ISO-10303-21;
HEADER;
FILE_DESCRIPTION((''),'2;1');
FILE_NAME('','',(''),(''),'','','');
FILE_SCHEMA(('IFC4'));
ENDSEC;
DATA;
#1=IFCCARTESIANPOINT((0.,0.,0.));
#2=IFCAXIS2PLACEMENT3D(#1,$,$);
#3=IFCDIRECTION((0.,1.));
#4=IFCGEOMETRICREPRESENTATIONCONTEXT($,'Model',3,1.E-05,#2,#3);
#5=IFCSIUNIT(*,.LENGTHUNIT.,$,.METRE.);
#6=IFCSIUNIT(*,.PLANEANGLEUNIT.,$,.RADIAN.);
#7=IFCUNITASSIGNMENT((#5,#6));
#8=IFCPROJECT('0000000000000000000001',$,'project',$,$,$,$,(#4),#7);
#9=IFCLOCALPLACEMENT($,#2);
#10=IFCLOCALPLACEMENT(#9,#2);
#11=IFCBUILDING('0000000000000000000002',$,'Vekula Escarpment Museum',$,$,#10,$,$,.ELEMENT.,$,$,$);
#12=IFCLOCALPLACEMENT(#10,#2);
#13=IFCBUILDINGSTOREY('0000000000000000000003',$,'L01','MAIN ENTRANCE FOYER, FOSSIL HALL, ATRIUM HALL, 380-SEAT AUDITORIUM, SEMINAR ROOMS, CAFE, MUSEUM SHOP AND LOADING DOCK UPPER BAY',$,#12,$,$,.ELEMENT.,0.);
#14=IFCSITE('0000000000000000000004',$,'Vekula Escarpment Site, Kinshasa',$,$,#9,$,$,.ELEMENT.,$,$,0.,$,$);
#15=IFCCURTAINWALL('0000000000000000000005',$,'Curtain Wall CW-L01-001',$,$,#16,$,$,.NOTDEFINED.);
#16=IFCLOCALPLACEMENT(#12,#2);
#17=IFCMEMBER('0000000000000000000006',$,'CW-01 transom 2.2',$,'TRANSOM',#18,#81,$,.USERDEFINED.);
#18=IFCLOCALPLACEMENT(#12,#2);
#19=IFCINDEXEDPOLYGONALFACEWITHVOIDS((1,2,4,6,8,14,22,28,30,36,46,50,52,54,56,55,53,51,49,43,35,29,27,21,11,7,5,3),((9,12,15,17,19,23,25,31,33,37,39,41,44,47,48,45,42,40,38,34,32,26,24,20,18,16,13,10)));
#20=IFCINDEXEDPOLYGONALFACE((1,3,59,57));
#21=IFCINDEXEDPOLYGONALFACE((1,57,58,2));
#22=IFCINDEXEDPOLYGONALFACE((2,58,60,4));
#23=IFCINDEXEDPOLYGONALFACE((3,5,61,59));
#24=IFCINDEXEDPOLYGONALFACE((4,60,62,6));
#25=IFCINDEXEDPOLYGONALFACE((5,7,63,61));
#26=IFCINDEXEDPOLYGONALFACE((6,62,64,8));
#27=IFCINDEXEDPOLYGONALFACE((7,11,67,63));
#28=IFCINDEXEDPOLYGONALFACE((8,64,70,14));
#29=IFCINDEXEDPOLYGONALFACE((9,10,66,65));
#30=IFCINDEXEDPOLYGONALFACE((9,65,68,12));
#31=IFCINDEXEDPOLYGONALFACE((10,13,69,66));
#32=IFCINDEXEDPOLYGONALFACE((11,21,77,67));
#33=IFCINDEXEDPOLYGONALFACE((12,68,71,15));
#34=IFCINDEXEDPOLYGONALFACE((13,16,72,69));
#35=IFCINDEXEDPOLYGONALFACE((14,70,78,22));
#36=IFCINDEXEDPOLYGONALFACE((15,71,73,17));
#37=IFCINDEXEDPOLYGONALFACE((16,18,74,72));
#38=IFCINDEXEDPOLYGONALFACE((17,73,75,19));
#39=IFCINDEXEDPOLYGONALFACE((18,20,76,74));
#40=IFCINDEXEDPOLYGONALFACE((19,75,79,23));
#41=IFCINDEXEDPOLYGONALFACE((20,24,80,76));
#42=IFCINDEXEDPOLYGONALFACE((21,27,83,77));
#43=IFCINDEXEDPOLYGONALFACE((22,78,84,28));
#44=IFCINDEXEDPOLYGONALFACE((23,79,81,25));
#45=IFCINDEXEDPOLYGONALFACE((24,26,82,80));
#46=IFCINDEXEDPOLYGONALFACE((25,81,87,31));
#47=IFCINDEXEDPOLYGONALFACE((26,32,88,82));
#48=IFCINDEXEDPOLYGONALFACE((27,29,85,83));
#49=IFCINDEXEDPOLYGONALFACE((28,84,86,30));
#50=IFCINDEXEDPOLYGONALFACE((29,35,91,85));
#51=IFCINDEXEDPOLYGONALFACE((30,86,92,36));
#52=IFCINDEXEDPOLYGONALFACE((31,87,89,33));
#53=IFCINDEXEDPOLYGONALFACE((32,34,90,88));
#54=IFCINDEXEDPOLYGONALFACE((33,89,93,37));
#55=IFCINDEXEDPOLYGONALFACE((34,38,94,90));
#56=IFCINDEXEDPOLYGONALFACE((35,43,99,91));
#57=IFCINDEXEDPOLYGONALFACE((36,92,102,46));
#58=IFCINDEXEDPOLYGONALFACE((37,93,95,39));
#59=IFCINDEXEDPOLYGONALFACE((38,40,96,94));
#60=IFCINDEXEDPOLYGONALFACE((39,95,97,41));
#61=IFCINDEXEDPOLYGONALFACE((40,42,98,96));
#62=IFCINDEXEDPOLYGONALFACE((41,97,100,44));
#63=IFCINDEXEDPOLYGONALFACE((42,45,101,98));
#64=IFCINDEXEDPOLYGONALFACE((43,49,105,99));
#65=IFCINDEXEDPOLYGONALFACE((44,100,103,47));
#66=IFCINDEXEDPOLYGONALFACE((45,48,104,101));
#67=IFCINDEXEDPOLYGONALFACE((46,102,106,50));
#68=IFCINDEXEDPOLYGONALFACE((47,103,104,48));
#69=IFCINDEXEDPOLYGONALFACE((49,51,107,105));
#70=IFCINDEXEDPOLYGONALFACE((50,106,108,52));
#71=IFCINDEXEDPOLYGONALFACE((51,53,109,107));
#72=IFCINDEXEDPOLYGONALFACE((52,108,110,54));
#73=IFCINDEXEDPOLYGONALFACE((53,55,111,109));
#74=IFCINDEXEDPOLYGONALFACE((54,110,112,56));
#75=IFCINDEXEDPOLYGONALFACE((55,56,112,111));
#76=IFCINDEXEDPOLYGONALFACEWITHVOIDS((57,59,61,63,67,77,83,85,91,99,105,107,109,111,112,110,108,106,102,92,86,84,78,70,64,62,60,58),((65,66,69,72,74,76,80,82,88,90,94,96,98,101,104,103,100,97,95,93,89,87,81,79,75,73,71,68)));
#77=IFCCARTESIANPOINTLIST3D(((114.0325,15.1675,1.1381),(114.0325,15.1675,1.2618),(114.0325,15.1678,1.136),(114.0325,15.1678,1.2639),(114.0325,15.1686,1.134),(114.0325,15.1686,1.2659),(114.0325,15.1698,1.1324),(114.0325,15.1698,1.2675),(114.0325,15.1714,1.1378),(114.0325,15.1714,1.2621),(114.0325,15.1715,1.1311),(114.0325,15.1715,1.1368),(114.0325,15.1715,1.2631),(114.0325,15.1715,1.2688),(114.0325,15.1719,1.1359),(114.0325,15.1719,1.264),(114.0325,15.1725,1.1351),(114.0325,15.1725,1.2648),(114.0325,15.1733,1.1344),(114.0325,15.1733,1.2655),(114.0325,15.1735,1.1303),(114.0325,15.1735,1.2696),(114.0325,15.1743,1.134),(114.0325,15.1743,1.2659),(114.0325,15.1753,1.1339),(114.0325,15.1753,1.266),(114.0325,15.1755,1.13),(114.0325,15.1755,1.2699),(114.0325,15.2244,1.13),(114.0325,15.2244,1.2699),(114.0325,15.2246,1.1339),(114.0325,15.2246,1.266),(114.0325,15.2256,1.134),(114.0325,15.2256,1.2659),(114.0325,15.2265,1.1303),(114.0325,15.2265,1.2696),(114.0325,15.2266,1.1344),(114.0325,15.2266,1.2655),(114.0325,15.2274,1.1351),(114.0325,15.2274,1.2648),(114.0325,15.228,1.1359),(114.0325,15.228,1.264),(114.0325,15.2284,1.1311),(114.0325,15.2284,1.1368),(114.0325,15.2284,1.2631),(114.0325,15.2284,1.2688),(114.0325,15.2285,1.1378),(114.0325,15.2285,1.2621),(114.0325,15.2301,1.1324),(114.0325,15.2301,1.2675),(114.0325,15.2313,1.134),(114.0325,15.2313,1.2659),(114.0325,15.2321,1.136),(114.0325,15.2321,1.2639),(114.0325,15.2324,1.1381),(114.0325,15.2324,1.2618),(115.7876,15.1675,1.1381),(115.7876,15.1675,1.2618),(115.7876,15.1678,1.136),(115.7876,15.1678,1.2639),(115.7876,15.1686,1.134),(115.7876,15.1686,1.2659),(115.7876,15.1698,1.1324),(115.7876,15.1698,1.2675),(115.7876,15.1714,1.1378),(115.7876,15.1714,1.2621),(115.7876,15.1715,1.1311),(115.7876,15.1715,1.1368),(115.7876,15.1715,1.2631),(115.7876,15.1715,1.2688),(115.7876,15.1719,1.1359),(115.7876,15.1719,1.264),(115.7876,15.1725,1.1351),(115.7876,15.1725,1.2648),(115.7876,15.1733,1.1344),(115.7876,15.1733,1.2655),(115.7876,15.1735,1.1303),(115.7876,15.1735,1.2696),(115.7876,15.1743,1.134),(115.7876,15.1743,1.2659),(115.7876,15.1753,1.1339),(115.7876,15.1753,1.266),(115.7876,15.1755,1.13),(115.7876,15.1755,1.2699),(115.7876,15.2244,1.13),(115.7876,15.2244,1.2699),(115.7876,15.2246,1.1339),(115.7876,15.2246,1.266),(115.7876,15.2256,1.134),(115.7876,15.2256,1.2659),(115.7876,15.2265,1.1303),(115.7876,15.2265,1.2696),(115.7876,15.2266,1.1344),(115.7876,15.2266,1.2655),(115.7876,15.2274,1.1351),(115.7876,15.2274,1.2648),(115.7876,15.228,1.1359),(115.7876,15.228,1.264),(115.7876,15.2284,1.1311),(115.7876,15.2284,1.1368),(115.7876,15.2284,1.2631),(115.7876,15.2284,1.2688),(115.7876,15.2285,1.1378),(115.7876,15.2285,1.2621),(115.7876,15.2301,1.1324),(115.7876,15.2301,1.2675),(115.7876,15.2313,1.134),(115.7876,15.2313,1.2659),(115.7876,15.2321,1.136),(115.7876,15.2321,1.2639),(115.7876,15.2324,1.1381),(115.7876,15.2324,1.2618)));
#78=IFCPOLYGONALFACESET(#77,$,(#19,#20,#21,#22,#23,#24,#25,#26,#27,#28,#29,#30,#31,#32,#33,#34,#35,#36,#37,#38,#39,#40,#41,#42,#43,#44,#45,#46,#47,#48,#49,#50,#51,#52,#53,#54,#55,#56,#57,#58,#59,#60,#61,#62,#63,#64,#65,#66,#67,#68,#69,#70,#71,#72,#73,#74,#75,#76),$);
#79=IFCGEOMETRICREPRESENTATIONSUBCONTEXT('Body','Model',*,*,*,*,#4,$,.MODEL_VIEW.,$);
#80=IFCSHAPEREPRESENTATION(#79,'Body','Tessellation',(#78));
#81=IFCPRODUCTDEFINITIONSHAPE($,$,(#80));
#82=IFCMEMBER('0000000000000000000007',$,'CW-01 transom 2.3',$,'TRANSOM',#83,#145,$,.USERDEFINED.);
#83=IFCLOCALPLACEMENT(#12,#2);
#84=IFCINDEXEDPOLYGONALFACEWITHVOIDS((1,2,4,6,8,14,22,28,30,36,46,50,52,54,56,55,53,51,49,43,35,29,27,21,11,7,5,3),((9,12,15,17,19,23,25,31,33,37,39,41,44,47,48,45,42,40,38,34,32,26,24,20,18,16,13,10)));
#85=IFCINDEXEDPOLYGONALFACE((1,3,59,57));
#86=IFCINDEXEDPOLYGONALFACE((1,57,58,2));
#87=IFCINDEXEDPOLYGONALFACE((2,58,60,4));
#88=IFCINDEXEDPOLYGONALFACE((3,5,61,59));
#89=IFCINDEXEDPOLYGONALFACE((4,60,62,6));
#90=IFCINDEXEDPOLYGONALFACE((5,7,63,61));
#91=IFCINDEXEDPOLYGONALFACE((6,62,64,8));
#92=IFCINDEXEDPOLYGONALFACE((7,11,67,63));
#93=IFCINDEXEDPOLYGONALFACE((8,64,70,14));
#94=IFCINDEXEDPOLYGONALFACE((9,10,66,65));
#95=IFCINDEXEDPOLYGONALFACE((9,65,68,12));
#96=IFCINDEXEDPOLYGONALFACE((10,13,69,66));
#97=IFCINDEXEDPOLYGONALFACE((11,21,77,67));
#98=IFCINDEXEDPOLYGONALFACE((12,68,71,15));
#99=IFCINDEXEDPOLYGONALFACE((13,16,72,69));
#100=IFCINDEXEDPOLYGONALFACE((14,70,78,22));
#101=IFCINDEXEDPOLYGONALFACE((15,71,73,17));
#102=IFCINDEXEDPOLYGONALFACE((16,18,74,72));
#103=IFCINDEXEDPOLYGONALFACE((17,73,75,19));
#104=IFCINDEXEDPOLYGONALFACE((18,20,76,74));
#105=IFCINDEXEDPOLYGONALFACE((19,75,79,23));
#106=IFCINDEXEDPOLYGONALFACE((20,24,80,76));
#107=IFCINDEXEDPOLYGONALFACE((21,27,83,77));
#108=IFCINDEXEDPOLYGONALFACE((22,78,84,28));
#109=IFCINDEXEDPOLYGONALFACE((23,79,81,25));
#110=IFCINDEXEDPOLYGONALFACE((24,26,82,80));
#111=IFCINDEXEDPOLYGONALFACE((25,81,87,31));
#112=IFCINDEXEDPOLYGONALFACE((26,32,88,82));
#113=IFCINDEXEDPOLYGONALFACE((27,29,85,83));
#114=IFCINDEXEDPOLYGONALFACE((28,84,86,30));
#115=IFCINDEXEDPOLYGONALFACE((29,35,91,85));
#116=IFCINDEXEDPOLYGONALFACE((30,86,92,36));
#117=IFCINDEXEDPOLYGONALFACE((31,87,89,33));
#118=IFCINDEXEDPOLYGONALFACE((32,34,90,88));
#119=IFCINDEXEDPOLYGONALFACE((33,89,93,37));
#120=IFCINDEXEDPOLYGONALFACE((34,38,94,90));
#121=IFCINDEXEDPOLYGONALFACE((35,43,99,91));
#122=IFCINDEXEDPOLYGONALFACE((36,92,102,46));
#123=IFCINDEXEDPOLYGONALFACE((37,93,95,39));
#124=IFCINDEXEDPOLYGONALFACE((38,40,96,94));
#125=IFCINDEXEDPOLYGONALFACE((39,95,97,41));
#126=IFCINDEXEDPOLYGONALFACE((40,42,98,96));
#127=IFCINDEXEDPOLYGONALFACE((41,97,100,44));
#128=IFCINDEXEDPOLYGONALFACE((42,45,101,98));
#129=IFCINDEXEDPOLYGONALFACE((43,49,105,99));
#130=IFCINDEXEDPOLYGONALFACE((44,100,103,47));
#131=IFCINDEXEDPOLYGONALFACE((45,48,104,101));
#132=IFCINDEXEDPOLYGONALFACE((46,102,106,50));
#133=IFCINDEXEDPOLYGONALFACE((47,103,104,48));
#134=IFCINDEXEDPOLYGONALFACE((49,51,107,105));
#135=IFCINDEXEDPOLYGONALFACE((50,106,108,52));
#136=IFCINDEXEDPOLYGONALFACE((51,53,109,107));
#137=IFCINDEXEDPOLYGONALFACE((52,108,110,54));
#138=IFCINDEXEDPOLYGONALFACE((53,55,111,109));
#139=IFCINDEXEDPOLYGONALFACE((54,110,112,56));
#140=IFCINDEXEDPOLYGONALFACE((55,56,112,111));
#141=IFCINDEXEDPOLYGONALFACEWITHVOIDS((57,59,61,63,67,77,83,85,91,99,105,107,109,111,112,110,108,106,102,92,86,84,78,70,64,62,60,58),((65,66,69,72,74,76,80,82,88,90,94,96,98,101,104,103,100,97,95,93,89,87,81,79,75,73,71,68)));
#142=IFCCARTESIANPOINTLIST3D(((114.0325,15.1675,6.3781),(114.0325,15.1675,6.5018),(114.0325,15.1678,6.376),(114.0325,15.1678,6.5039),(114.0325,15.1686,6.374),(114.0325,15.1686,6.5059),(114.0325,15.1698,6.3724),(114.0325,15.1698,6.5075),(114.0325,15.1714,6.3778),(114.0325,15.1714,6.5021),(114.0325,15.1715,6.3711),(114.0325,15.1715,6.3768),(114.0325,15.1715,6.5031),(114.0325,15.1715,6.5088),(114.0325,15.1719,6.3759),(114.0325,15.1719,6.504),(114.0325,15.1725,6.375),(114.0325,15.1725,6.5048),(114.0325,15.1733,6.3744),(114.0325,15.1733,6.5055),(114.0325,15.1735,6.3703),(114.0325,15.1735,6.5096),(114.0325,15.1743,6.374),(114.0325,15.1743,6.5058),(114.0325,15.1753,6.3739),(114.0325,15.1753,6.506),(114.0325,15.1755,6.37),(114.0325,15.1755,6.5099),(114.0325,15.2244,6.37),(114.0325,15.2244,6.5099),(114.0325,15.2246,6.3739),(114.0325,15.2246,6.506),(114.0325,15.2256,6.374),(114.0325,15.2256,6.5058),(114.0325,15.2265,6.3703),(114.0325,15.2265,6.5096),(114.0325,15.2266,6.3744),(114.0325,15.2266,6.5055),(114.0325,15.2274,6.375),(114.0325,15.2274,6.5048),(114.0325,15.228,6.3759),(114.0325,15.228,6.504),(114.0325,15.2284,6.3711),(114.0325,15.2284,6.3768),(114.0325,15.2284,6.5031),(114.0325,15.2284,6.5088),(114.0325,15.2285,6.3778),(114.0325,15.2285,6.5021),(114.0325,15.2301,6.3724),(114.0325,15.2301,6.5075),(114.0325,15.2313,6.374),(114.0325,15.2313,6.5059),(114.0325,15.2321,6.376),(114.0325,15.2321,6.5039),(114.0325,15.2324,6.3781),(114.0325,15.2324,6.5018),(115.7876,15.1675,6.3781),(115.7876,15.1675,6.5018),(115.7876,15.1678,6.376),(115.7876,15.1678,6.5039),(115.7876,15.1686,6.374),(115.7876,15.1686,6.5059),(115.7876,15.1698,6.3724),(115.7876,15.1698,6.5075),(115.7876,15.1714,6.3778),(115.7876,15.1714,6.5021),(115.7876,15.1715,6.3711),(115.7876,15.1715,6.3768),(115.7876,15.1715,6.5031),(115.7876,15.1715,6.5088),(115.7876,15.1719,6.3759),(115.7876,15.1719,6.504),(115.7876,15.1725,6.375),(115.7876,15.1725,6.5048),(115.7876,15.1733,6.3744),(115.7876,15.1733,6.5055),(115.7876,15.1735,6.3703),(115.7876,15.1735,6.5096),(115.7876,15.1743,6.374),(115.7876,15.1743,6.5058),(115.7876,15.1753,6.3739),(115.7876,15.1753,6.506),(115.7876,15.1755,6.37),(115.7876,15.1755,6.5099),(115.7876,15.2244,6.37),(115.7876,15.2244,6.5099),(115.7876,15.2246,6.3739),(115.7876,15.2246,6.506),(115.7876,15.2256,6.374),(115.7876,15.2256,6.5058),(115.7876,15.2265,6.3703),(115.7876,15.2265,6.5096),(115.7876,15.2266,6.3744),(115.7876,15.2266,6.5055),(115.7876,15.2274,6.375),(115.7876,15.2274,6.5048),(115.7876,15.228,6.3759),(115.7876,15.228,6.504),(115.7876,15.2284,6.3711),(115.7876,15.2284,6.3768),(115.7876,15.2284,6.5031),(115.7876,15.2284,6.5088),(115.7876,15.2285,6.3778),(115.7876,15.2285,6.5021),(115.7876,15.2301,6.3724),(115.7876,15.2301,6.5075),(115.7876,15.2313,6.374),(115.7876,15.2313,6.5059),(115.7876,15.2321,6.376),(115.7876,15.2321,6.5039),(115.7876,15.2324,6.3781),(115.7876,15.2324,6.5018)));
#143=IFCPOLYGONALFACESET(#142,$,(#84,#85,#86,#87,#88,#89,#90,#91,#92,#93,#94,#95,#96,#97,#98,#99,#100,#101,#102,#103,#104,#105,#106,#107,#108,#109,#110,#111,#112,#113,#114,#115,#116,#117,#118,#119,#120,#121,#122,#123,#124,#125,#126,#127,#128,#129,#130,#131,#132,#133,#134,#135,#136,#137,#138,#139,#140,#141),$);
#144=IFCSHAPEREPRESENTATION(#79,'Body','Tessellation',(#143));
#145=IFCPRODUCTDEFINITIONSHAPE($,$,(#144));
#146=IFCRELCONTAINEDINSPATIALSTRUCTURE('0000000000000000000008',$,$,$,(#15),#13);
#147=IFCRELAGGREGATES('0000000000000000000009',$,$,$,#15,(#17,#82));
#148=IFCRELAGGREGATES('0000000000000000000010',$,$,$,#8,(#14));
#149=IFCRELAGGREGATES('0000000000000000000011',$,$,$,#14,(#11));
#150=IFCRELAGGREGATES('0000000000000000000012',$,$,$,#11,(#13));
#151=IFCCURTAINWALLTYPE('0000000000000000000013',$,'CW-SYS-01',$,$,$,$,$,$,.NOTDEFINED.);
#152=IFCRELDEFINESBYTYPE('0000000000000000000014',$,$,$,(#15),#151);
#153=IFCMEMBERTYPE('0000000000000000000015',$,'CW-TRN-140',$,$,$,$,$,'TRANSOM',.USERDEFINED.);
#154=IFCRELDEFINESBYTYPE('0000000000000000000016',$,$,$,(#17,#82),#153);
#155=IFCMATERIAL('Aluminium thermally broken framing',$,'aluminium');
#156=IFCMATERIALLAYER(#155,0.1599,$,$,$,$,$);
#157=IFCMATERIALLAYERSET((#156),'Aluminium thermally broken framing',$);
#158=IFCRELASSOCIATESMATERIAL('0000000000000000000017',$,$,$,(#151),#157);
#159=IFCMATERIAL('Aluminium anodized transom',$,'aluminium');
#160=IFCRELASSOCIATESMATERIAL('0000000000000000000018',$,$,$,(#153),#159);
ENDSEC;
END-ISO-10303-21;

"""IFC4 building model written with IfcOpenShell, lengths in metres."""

from ifc_helpers import new_model, si_unit, direction, frame, origin, origin_2d, place, context, subcontext, project, spatial, hollow_rectangle, extrude, material, layer, layer_set, material_profile, profile_set, type_object, element, aggregate, save


model = new_model("IFC4")

# Units and contexts
model_context = context("Model", 3, precision=1e-05, world=origin(), true_north=direction((0.0, 1.0)))
body_context = subcontext(model_context, "Body", "Model", "MODEL_VIEW")
ifc_project = project(units=[si_unit("LENGTHUNIT", "METRE"), si_unit("PLANEANGLEUNIT", "RADIAN")], contexts=[model_context])

# Site, building, storey
site_placement = place(None, origin())
site = spatial("IfcSite", under=ifc_project, at=site_placement, Name="Vekula Escarpment Site, Kinshasa", CompositionType="ELEMENT", RefElevation=0.0)
building_placement = place(site_placement, origin())
building = spatial("IfcBuilding", under=site, at=building_placement, Name="Vekula Escarpment Museum", CompositionType="ELEMENT")
storey_placement = place(building_placement, origin())
storey = spatial("IfcBuildingStorey", under=building, at=storey_placement, Name="L01", Description="MAIN ENTRANCE FOYER, FOSSIL HALL, ATRIUM HALL, 380-SEAT AUDITORIUM, SEMINAR ROOMS, CAFE, MUSEUM SHOP AND LOADING DOCK UPPER BAY", CompositionType="ELEMENT", Elevation=0.0)

# Curtain wall, members
ifc_material_1 = material(Name="Aluminium thermally broken framing", Category="aluminium")
ifc_layer_1 = layer(ifc_material_1, 0.1599)
ifc_layer_set_1 = layer_set([ifc_layer_1], Name="Aluminium thermally broken framing")
curtain_wall_type = type_object("IfcCurtainWallType", Name="CW-SYS-01", PredefinedType="NOTDEFINED", material=ifc_layer_set_1)
curtain_wall_placement = place(storey_placement, origin())
curtain_wall = element("IfcCurtainWall", 1, at=curtain_wall_placement, inside=storey, type_object=curtain_wall_type, Name="Curtain Wall CW-L01-001", PredefinedType="NOTDEFINED")
ifc_material_2 = material(Name="Aluminium anodized transom", Category="aluminium")
ifc_material_profile_1 = material_profile(ifc_material_2, hollow_rectangle(XDim=0.0649, YDim=0.1399, WallThickness=0.0039, InnerFilletRadius=0.0039, OuterFilletRadius=0.0081, at=origin_2d()), Name="ALU 140x65x4")
ifc_profile_set_1 = profile_set([ifc_material_profile_1], Name="Aluminium anodized transom")
member_type_1 = type_object("IfcMemberType", Name="CW-TRN-140", ElementType="TRANSOM", PredefinedType="USERDEFINED", material=ifc_profile_set_1)
member_1_placement = place(storey_placement, frame((115.7876, 15.2, 1.2), z_axis=(-1.0, 0.0, 0.0), x_axis=(0.0, -1.0, 0.0)))
member_1 = element("IfcMember", 2, at=member_1_placement, type_object=member_type_1, Name="CW-01 transom 2.2", ObjectType="TRANSOM", PredefinedType="USERDEFINED", context=body_context, shape_type="SweptSolid", body=[
    extrude(hollow_rectangle(XDim=0.0649, YDim=0.1399, WallThickness=0.0039, InnerFilletRadius=0.0039, OuterFilletRadius=0.0081, at=origin_2d()), origin(), (0.0, 0.0, 1.0), 1.7551),
])
member_2_placement = place(storey_placement, frame((115.7876, 15.2, 6.4399), z_axis=(-1.0, 0.0, 0.0), x_axis=(0.0, -1.0, 0.0)))
member_2 = element("IfcMember", 3, at=member_2_placement, type_object=member_type_1, Name="CW-01 transom 2.3", ObjectType="TRANSOM", PredefinedType="USERDEFINED", context=body_context, shape_type="SweptSolid", body=[
    extrude(hollow_rectangle(XDim=0.0649, YDim=0.1399, WallThickness=0.0039, InnerFilletRadius=0.0039, OuterFilletRadius=0.0081, at=origin_2d()), origin(), (0.0, 0.0, 1.0), 1.7551),
])
aggregate(curtain_wall, [member_1, member_2])

save(model, "model.ifc")
